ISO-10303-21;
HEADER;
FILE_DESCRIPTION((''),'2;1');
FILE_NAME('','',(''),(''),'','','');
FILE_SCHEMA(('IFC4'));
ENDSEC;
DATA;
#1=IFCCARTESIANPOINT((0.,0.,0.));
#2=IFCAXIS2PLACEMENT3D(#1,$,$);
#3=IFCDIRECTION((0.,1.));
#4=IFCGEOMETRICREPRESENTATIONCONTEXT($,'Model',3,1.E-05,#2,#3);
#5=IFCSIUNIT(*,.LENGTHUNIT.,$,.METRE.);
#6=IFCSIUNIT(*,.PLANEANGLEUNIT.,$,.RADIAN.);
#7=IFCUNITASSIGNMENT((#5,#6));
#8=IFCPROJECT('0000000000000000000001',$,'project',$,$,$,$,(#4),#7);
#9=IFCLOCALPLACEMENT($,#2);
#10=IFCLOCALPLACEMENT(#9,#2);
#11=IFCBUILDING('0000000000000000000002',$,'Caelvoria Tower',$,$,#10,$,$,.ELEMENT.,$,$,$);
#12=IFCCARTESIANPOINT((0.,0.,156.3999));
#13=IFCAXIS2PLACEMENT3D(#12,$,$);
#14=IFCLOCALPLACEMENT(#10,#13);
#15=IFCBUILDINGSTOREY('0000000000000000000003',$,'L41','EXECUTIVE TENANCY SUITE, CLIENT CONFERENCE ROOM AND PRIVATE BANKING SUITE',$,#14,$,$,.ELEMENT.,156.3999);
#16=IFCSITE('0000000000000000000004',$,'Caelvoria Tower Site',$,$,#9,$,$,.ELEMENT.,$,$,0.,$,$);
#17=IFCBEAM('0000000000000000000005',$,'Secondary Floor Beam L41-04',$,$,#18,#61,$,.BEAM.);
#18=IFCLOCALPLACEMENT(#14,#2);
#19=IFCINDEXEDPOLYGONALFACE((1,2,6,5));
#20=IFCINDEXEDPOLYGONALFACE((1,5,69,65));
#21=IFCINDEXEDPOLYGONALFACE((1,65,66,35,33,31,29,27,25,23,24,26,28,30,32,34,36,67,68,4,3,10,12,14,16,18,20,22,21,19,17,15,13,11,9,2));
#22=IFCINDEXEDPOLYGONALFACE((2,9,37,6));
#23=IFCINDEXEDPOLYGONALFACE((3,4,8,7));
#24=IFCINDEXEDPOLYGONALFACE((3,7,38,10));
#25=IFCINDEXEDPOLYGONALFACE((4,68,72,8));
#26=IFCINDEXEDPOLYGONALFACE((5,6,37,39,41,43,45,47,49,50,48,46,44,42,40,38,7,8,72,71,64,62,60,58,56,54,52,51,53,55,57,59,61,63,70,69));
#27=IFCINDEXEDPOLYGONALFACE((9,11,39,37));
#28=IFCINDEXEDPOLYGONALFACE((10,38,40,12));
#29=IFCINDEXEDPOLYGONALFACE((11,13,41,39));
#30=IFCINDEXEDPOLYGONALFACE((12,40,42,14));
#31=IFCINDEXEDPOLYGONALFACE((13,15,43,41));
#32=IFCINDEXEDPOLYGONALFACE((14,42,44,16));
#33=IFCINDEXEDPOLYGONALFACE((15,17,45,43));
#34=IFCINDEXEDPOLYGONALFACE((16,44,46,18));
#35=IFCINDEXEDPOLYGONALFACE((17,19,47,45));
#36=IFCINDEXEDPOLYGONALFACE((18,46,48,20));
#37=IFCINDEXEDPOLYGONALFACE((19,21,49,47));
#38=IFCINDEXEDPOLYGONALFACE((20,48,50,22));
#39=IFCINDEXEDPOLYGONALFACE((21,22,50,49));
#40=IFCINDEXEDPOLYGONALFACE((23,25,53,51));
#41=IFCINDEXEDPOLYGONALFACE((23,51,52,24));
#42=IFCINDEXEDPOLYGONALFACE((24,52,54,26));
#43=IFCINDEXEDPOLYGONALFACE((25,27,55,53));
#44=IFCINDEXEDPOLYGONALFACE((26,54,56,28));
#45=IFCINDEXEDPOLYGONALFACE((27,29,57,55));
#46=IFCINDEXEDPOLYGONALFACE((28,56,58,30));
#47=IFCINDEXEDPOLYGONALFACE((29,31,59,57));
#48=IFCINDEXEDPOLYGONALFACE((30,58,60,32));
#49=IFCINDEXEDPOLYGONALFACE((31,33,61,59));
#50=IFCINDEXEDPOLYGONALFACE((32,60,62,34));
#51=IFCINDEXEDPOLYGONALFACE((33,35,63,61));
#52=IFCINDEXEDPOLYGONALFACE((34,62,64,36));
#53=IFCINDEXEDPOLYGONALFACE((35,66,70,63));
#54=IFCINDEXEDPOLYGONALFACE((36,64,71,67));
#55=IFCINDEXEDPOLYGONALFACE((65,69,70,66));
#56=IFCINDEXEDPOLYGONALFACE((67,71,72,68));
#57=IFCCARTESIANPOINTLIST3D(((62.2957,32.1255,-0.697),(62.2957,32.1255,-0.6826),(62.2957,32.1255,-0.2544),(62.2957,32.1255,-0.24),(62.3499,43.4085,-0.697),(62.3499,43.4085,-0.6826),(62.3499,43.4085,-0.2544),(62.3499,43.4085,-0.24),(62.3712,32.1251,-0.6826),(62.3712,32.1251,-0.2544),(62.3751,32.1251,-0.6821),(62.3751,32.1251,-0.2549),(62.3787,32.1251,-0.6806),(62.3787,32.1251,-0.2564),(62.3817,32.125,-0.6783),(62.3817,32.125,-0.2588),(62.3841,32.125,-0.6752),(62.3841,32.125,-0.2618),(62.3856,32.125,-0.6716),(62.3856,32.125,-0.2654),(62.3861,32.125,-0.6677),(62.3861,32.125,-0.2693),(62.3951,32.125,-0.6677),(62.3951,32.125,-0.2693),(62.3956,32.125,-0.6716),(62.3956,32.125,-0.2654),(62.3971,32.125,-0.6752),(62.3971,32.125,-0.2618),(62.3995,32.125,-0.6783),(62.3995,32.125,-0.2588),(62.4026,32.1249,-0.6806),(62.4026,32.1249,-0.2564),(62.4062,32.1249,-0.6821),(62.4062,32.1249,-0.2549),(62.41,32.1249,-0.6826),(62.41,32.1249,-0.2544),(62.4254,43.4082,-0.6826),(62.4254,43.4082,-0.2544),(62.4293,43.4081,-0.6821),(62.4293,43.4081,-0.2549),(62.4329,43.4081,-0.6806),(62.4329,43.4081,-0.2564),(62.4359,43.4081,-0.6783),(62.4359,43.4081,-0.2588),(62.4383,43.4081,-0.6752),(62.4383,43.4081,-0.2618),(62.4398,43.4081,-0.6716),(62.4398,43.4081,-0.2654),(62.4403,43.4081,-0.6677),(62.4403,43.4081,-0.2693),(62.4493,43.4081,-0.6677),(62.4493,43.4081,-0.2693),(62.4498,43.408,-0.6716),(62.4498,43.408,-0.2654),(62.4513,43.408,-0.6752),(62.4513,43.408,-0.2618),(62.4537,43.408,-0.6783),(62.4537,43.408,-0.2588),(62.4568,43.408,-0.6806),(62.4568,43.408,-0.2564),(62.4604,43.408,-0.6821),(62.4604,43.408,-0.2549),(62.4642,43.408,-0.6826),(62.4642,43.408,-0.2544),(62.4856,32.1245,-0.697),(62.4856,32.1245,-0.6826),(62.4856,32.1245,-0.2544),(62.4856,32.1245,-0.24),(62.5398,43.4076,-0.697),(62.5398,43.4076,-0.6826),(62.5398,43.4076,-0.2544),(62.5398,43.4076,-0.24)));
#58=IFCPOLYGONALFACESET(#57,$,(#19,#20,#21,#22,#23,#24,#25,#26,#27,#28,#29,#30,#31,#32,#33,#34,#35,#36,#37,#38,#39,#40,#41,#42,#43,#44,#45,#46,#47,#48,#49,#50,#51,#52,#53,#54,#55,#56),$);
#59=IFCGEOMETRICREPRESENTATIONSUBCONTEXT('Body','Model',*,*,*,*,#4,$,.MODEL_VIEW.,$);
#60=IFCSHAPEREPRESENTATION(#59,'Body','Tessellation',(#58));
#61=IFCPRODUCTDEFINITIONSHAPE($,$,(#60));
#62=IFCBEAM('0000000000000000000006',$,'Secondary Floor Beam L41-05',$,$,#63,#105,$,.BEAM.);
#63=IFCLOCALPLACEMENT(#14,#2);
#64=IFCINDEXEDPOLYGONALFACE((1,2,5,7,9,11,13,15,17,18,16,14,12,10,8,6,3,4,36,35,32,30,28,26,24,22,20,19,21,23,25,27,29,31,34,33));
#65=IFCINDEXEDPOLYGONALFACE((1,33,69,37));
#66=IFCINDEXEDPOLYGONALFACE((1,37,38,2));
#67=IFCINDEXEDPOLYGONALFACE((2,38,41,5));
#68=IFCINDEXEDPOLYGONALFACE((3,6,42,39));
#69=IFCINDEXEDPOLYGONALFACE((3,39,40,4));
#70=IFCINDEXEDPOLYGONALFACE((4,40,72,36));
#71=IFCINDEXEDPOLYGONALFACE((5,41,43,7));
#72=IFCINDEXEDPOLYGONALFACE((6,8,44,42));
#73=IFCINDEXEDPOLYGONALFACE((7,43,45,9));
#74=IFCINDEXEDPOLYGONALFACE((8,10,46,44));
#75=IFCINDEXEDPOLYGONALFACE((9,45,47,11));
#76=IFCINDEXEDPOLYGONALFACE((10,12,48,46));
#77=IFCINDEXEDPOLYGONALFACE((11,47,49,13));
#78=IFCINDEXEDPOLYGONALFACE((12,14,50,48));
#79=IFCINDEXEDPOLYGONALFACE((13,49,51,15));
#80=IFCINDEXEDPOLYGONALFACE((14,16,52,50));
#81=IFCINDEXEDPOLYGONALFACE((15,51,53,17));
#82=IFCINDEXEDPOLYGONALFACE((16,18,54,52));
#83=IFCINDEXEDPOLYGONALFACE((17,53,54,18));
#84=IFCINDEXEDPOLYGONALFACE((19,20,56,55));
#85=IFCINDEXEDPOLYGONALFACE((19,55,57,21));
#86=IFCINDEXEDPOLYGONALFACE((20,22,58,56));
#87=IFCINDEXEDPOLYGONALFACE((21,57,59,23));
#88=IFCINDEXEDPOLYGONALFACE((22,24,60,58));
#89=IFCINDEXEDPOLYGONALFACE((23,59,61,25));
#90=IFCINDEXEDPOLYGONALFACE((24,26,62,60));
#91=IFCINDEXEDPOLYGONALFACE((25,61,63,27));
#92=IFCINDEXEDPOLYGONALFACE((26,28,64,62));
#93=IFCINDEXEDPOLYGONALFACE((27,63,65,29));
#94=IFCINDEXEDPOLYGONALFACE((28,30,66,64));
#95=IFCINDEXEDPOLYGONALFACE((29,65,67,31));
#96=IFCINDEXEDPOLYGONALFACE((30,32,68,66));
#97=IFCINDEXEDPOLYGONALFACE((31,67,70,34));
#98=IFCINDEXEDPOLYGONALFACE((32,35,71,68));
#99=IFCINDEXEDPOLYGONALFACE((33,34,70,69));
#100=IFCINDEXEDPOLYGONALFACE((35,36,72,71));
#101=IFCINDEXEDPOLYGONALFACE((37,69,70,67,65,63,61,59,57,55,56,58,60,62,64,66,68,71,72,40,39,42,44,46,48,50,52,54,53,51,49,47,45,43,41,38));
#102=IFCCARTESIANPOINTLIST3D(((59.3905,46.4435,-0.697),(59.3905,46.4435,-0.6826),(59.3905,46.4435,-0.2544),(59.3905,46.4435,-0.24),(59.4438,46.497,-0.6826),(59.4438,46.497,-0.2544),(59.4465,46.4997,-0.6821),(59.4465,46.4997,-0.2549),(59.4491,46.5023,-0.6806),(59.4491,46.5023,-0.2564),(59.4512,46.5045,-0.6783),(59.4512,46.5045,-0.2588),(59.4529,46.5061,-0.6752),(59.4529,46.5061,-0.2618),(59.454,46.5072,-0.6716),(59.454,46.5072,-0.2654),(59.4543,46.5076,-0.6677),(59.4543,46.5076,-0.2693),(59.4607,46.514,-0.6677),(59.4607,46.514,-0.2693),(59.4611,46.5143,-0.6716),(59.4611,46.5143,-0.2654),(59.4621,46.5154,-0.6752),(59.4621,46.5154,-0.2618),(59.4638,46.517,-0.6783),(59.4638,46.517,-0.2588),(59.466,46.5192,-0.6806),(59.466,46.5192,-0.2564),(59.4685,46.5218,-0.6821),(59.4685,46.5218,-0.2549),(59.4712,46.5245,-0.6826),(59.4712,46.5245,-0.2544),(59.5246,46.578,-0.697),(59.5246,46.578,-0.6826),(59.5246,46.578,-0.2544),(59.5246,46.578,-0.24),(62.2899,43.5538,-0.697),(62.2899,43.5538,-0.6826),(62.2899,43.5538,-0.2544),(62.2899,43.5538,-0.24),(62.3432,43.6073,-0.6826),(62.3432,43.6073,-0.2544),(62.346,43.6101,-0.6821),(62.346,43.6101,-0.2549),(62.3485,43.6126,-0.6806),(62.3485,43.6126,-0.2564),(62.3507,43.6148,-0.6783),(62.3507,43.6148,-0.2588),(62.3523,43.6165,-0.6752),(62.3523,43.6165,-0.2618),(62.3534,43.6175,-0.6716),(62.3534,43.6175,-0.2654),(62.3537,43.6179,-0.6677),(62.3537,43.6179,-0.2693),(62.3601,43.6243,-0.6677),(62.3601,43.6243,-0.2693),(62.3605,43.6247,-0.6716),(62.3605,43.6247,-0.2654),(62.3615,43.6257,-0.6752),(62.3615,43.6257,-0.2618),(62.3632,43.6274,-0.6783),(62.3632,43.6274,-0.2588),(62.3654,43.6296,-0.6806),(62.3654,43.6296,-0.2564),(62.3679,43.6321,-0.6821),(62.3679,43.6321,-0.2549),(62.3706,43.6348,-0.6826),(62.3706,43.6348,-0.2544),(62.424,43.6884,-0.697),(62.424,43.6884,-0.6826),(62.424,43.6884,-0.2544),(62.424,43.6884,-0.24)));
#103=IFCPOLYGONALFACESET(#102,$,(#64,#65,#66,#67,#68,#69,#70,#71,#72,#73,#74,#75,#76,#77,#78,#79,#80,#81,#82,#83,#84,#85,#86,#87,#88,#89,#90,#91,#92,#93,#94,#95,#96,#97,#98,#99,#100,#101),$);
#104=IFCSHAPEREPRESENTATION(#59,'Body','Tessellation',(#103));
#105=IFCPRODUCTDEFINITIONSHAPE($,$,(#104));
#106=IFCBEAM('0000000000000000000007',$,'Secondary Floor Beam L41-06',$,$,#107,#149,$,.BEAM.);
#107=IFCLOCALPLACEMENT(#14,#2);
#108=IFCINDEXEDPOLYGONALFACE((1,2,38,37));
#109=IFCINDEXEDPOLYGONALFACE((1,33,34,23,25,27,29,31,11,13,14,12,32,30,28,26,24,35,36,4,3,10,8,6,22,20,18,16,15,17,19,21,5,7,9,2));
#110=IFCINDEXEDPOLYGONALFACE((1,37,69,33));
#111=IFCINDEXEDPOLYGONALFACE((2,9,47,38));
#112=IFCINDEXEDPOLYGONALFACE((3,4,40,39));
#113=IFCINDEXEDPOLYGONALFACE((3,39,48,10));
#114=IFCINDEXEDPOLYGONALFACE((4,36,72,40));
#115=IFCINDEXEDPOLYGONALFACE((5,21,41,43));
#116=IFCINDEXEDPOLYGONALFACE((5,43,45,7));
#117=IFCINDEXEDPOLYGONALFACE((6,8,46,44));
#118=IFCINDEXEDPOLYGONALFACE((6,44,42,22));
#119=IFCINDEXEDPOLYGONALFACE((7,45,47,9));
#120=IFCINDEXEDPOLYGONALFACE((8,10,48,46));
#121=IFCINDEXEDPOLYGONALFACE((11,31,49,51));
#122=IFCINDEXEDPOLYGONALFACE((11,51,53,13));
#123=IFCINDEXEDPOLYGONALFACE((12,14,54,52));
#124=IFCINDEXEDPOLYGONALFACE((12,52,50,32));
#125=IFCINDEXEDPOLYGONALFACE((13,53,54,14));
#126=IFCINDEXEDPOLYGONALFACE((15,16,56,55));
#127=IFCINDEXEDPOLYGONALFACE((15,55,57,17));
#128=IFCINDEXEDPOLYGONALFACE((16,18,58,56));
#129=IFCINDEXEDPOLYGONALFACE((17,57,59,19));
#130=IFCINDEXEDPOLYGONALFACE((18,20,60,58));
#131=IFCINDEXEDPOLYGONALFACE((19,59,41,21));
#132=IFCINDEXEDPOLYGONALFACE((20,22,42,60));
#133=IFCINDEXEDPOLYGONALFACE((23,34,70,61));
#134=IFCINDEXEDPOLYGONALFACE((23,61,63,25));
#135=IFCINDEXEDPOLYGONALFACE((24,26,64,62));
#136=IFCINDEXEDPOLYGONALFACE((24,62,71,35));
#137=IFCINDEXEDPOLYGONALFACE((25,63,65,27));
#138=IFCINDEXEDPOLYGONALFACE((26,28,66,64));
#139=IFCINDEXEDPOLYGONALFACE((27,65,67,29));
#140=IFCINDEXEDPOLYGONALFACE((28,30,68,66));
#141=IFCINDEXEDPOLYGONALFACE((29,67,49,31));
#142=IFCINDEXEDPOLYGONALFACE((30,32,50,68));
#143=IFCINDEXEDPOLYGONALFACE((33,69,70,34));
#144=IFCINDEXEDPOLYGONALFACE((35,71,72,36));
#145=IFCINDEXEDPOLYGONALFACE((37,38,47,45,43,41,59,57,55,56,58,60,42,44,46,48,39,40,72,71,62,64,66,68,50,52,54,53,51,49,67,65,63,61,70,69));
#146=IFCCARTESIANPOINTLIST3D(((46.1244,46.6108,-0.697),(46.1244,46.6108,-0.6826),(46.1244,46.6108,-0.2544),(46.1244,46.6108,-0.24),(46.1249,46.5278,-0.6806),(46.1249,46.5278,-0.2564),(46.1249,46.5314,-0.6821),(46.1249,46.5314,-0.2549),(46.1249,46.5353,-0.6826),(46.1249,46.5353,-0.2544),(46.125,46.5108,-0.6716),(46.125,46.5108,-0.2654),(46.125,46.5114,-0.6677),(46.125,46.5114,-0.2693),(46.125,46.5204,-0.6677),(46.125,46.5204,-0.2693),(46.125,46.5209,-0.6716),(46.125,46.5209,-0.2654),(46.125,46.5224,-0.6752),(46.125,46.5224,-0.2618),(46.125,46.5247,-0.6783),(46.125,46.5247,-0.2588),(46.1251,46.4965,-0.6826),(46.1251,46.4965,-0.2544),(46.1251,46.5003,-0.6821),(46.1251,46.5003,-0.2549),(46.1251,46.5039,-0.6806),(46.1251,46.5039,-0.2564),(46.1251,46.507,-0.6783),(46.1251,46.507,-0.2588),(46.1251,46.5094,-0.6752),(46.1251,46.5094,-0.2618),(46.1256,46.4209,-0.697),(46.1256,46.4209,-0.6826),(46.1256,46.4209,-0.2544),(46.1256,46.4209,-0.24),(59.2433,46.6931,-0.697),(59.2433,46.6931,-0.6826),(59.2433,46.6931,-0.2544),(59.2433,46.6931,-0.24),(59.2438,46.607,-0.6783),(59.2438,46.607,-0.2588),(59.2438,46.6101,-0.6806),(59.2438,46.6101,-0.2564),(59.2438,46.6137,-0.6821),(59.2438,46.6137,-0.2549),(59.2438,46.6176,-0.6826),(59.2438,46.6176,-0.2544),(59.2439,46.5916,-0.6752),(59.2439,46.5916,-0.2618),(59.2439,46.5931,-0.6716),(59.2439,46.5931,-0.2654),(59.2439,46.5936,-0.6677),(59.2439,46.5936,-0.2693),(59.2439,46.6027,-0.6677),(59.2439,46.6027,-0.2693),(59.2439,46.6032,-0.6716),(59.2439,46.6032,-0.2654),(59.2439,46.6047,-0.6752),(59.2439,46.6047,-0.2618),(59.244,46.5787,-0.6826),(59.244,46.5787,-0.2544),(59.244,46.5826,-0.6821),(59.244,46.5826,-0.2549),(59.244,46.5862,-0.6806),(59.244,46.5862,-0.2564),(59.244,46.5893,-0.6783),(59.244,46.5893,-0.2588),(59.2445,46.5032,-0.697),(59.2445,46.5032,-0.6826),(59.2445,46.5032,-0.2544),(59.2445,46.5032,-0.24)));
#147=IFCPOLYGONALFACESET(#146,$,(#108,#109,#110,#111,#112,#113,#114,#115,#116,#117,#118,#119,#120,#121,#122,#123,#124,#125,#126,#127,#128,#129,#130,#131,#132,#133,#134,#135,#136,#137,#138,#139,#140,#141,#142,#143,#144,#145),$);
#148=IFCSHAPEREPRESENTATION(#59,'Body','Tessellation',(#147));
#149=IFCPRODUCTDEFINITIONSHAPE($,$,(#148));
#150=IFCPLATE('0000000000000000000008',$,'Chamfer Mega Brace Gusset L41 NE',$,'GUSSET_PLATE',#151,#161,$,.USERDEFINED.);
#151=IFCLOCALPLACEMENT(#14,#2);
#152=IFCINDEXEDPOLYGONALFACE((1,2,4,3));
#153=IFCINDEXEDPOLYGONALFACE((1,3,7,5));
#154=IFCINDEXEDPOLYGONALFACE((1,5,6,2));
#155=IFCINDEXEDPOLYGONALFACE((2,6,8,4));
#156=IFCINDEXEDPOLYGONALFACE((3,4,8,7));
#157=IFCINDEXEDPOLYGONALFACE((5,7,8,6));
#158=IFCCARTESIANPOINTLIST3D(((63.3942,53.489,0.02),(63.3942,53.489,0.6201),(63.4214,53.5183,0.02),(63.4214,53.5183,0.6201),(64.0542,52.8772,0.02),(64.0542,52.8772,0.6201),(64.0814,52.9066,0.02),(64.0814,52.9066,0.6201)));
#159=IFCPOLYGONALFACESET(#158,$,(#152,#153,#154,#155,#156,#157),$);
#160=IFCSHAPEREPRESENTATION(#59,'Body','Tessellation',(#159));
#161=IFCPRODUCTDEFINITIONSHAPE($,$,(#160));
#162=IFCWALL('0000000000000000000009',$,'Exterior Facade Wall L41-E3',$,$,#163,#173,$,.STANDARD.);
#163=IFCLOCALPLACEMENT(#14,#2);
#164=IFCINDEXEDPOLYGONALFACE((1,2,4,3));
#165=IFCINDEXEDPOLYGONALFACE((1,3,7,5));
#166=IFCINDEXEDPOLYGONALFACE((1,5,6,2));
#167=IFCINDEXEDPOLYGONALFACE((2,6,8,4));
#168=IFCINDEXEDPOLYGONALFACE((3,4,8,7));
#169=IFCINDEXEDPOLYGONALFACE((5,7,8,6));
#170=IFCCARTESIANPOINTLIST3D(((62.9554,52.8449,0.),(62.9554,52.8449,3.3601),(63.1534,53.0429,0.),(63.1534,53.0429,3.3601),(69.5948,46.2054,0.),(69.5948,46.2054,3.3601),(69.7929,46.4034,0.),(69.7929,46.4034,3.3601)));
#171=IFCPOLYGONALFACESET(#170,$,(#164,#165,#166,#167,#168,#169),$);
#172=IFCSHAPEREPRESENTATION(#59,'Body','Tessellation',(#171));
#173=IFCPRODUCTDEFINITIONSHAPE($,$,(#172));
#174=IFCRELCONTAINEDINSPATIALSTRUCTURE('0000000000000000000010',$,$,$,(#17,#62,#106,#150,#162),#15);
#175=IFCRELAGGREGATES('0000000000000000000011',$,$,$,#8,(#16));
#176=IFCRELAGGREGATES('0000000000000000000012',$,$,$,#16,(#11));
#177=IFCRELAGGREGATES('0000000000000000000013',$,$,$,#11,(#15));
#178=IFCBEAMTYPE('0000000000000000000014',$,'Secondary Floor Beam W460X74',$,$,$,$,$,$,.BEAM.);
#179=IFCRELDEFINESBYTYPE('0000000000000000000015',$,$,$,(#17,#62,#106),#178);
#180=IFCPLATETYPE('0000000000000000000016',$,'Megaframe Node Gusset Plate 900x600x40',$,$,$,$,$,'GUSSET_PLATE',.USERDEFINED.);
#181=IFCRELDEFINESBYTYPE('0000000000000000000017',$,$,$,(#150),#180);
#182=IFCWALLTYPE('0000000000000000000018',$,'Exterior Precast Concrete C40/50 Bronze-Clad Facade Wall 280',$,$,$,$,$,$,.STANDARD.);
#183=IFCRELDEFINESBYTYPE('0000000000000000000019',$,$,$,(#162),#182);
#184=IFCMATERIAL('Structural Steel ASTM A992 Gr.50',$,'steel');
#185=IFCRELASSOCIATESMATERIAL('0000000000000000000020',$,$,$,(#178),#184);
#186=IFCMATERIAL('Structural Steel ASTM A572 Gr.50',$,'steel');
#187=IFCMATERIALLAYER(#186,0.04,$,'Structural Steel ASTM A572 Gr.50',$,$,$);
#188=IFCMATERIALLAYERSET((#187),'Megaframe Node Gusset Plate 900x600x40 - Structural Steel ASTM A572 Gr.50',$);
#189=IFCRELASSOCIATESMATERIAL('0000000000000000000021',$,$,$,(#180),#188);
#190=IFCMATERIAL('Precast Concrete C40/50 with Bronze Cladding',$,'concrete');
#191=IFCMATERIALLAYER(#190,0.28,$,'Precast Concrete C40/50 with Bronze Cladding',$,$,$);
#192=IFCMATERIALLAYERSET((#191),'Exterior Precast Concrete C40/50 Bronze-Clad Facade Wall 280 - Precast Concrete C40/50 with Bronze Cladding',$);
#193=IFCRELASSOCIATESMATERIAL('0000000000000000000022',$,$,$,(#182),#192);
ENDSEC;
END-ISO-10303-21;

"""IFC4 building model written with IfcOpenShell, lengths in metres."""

from ifc_helpers import new_model, si_unit, direction, frame, frame_2d, origin, origin_2d, place, context, subcontext, project, spatial, rectangle, i_section, extrude, material, layer, layer_set, material_profile, profile_set, type_object, element, save


model = new_model("IFC4")

# Units and contexts
model_context = context("Model", 3, precision=1e-05, world=origin(), true_north=direction((0.0, 1.0)))
body_context = subcontext(model_context, "Body", "Model", "MODEL_VIEW")
ifc_project = project(units=[si_unit("LENGTHUNIT", "METRE"), si_unit("PLANEANGLEUNIT", "RADIAN")], contexts=[model_context])

# Site, building, storey
site_placement = place(None, origin())
site = spatial("IfcSite", under=ifc_project, at=site_placement, Name="Caelvoria Tower Site", CompositionType="ELEMENT", RefElevation=0.0)
building_placement = place(site_placement, origin())
building = spatial("IfcBuilding", under=site, at=building_placement, Name="Caelvoria Tower", CompositionType="ELEMENT")
storey_placement = place(building_placement, frame((0.0, 0.0, 156.3999)))
storey = spatial("IfcBuildingStorey", under=building, at=storey_placement, Name="L41", Description="EXECUTIVE TENANCY SUITE, CLIENT CONFERENCE ROOM AND PRIVATE BANKING SUITE", CompositionType="ELEMENT", Elevation=156.3999)

# Shared definitions
ifc_material_1 = material(Name="Structural Steel ASTM A572 Gr.50", Category="steel")

# Beams
ifc_material_2 = material(Name="Structural Steel ASTM A992 Gr.50", Category="steel")
ifc_material_profile_1 = material_profile(ifc_material_2, i_section(OverallWidth=0.1899, OverallDepth=0.457, WebThickness=0.009, FlangeThickness=0.0144, FilletRadius=0.0149, at=origin_2d()), Name="Structural Steel ASTM A992 Gr.50")
ifc_profile_set_1 = profile_set([ifc_material_profile_1], Name="W460X74 - Structural Steel ASTM A992 Gr.50")
beam_type_1 = type_object("IfcBeamType", Name="Secondary Floor Beam W460X74", PredefinedType="BEAM", material=ifc_profile_set_1)
beam_1_placement = place(storey_placement, frame((62.3906, 32.125, -0.4685), z_axis=(0.004804, 0.999988, 0.0), x_axis=(-0.999988, 0.004804, 0.0)))
element("IfcBeam", 1, at=beam_1_placement, inside=storey, type_object=beam_type_1, Name="Secondary Floor Beam L41-04", PredefinedType="BEAM", context=body_context, shape_type="SweptSolid", body=[
    extrude(i_section(OverallWidth=0.1899, OverallDepth=0.457, WebThickness=0.009, FlangeThickness=0.0144, FilletRadius=0.0149, at=origin_2d()), origin(), (0.0, 0.0, 1.0), 11.2832),
])
beam_2_placement = place(storey_placement, frame((62.3569, 43.6211, -0.4685), z_axis=(-0.708299, 0.705913, 0.0), x_axis=(-0.705913, -0.708299, 0.0)))
element("IfcBeam", 2, at=beam_2_placement, inside=storey, type_object=beam_type_1, Name="Secondary Floor Beam L41-05", PredefinedType="BEAM", context=body_context, shape_type="SweptSolid", body=[
    extrude(i_section(OverallWidth=0.1899, OverallDepth=0.457, WebThickness=0.009, FlangeThickness=0.0144, FilletRadius=0.0149, at=origin_2d()), origin(), (0.0, 0.0, 1.0), 4.0935),
])
beam_3_placement = place(storey_placement, frame((59.2439, 46.5981, -0.4685), z_axis=(-0.99998, -0.006271, 0.0), x_axis=(0.006271, -0.99998, 0.0)))
element("IfcBeam", 3, at=beam_3_placement, inside=storey, type_object=beam_type_1, Name="Secondary Floor Beam L41-06", PredefinedType="BEAM", context=body_context, shape_type="SweptSolid", body=[
    extrude(i_section(OverallWidth=0.1899, OverallDepth=0.457, WebThickness=0.009, FlangeThickness=0.0144, FilletRadius=0.0149, at=origin_2d()), origin(), (0.0, 0.0, 1.0), 13.1191),
])

# Plate
ifc_layer_1 = layer(ifc_material_1, 0.04, Name="Structural Steel ASTM A572 Gr.50")
ifc_layer_set_1 = layer_set([ifc_layer_1], Name="Megaframe Node Gusset Plate 900x600x40 - Structural Steel ASTM A572 Gr.50")
plate_type = type_object("IfcPlateType", Name="Megaframe Node Gusset Plate 900x600x40", ElementType="GUSSET_PLATE", PredefinedType="USERDEFINED", material=ifc_layer_set_1)
plate_placement = place(storey_placement, frame((63.7378, 53.1978, 0.02), z_axis=(0.0, 0.0, 1.0), x_axis=(0.733388, -0.67981, 0.0)))
element("IfcPlate", 4, at=plate_placement, inside=storey, type_object=plate_type, Name="Chamfer Mega Brace Gusset L41 NE", ObjectType="GUSSET_PLATE", PredefinedType="USERDEFINED", context=body_context, shape_type="SweptSolid", body=[
    extrude(rectangle(XDim=0.8999, YDim=0.04, at=origin_2d()), origin(), (0.0, 0.0, 1.0), 0.6001),
])

# Wall
ifc_material_3 = material(Name="Precast Concrete C40/50 with Bronze Cladding", Category="concrete")
ifc_layer_2 = layer(ifc_material_3, 0.28, Name="Precast Concrete C40/50 with Bronze Cladding")
ifc_layer_set_2 = layer_set([ifc_layer_2], Name="Exterior Precast Concrete C40/50 Bronze-Clad Facade Wall 280 - Precast Concrete C40/50 with Bronze Cladding")
wall_type_1 = type_object("IfcWallType", Name="Exterior Precast Concrete C40/50 Bronze-Clad Facade Wall 280", PredefinedType="STANDARD", material=ifc_layer_set_2)
wall_1_placement = place(storey_placement, frame((69.6938, 46.3044, 0.0), z_axis=(0.0, 0.0, 1.0), x_axis=(-0.707107, 0.707107, 0.0)))
element("IfcWall", 5, at=wall_1_placement, inside=storey, type_object=wall_type_1, Name="Exterior Facade Wall L41-E3", PredefinedType="STANDARD", context=body_context, shape_type="SweptSolid", body=[
    extrude(rectangle(XDim=9.3896, YDim=0.28, at=frame_2d((4.6948, 0.0))), origin(), (0.0, 0.0, 1.0), 3.3601),
])

save(model, "model.ifc")
